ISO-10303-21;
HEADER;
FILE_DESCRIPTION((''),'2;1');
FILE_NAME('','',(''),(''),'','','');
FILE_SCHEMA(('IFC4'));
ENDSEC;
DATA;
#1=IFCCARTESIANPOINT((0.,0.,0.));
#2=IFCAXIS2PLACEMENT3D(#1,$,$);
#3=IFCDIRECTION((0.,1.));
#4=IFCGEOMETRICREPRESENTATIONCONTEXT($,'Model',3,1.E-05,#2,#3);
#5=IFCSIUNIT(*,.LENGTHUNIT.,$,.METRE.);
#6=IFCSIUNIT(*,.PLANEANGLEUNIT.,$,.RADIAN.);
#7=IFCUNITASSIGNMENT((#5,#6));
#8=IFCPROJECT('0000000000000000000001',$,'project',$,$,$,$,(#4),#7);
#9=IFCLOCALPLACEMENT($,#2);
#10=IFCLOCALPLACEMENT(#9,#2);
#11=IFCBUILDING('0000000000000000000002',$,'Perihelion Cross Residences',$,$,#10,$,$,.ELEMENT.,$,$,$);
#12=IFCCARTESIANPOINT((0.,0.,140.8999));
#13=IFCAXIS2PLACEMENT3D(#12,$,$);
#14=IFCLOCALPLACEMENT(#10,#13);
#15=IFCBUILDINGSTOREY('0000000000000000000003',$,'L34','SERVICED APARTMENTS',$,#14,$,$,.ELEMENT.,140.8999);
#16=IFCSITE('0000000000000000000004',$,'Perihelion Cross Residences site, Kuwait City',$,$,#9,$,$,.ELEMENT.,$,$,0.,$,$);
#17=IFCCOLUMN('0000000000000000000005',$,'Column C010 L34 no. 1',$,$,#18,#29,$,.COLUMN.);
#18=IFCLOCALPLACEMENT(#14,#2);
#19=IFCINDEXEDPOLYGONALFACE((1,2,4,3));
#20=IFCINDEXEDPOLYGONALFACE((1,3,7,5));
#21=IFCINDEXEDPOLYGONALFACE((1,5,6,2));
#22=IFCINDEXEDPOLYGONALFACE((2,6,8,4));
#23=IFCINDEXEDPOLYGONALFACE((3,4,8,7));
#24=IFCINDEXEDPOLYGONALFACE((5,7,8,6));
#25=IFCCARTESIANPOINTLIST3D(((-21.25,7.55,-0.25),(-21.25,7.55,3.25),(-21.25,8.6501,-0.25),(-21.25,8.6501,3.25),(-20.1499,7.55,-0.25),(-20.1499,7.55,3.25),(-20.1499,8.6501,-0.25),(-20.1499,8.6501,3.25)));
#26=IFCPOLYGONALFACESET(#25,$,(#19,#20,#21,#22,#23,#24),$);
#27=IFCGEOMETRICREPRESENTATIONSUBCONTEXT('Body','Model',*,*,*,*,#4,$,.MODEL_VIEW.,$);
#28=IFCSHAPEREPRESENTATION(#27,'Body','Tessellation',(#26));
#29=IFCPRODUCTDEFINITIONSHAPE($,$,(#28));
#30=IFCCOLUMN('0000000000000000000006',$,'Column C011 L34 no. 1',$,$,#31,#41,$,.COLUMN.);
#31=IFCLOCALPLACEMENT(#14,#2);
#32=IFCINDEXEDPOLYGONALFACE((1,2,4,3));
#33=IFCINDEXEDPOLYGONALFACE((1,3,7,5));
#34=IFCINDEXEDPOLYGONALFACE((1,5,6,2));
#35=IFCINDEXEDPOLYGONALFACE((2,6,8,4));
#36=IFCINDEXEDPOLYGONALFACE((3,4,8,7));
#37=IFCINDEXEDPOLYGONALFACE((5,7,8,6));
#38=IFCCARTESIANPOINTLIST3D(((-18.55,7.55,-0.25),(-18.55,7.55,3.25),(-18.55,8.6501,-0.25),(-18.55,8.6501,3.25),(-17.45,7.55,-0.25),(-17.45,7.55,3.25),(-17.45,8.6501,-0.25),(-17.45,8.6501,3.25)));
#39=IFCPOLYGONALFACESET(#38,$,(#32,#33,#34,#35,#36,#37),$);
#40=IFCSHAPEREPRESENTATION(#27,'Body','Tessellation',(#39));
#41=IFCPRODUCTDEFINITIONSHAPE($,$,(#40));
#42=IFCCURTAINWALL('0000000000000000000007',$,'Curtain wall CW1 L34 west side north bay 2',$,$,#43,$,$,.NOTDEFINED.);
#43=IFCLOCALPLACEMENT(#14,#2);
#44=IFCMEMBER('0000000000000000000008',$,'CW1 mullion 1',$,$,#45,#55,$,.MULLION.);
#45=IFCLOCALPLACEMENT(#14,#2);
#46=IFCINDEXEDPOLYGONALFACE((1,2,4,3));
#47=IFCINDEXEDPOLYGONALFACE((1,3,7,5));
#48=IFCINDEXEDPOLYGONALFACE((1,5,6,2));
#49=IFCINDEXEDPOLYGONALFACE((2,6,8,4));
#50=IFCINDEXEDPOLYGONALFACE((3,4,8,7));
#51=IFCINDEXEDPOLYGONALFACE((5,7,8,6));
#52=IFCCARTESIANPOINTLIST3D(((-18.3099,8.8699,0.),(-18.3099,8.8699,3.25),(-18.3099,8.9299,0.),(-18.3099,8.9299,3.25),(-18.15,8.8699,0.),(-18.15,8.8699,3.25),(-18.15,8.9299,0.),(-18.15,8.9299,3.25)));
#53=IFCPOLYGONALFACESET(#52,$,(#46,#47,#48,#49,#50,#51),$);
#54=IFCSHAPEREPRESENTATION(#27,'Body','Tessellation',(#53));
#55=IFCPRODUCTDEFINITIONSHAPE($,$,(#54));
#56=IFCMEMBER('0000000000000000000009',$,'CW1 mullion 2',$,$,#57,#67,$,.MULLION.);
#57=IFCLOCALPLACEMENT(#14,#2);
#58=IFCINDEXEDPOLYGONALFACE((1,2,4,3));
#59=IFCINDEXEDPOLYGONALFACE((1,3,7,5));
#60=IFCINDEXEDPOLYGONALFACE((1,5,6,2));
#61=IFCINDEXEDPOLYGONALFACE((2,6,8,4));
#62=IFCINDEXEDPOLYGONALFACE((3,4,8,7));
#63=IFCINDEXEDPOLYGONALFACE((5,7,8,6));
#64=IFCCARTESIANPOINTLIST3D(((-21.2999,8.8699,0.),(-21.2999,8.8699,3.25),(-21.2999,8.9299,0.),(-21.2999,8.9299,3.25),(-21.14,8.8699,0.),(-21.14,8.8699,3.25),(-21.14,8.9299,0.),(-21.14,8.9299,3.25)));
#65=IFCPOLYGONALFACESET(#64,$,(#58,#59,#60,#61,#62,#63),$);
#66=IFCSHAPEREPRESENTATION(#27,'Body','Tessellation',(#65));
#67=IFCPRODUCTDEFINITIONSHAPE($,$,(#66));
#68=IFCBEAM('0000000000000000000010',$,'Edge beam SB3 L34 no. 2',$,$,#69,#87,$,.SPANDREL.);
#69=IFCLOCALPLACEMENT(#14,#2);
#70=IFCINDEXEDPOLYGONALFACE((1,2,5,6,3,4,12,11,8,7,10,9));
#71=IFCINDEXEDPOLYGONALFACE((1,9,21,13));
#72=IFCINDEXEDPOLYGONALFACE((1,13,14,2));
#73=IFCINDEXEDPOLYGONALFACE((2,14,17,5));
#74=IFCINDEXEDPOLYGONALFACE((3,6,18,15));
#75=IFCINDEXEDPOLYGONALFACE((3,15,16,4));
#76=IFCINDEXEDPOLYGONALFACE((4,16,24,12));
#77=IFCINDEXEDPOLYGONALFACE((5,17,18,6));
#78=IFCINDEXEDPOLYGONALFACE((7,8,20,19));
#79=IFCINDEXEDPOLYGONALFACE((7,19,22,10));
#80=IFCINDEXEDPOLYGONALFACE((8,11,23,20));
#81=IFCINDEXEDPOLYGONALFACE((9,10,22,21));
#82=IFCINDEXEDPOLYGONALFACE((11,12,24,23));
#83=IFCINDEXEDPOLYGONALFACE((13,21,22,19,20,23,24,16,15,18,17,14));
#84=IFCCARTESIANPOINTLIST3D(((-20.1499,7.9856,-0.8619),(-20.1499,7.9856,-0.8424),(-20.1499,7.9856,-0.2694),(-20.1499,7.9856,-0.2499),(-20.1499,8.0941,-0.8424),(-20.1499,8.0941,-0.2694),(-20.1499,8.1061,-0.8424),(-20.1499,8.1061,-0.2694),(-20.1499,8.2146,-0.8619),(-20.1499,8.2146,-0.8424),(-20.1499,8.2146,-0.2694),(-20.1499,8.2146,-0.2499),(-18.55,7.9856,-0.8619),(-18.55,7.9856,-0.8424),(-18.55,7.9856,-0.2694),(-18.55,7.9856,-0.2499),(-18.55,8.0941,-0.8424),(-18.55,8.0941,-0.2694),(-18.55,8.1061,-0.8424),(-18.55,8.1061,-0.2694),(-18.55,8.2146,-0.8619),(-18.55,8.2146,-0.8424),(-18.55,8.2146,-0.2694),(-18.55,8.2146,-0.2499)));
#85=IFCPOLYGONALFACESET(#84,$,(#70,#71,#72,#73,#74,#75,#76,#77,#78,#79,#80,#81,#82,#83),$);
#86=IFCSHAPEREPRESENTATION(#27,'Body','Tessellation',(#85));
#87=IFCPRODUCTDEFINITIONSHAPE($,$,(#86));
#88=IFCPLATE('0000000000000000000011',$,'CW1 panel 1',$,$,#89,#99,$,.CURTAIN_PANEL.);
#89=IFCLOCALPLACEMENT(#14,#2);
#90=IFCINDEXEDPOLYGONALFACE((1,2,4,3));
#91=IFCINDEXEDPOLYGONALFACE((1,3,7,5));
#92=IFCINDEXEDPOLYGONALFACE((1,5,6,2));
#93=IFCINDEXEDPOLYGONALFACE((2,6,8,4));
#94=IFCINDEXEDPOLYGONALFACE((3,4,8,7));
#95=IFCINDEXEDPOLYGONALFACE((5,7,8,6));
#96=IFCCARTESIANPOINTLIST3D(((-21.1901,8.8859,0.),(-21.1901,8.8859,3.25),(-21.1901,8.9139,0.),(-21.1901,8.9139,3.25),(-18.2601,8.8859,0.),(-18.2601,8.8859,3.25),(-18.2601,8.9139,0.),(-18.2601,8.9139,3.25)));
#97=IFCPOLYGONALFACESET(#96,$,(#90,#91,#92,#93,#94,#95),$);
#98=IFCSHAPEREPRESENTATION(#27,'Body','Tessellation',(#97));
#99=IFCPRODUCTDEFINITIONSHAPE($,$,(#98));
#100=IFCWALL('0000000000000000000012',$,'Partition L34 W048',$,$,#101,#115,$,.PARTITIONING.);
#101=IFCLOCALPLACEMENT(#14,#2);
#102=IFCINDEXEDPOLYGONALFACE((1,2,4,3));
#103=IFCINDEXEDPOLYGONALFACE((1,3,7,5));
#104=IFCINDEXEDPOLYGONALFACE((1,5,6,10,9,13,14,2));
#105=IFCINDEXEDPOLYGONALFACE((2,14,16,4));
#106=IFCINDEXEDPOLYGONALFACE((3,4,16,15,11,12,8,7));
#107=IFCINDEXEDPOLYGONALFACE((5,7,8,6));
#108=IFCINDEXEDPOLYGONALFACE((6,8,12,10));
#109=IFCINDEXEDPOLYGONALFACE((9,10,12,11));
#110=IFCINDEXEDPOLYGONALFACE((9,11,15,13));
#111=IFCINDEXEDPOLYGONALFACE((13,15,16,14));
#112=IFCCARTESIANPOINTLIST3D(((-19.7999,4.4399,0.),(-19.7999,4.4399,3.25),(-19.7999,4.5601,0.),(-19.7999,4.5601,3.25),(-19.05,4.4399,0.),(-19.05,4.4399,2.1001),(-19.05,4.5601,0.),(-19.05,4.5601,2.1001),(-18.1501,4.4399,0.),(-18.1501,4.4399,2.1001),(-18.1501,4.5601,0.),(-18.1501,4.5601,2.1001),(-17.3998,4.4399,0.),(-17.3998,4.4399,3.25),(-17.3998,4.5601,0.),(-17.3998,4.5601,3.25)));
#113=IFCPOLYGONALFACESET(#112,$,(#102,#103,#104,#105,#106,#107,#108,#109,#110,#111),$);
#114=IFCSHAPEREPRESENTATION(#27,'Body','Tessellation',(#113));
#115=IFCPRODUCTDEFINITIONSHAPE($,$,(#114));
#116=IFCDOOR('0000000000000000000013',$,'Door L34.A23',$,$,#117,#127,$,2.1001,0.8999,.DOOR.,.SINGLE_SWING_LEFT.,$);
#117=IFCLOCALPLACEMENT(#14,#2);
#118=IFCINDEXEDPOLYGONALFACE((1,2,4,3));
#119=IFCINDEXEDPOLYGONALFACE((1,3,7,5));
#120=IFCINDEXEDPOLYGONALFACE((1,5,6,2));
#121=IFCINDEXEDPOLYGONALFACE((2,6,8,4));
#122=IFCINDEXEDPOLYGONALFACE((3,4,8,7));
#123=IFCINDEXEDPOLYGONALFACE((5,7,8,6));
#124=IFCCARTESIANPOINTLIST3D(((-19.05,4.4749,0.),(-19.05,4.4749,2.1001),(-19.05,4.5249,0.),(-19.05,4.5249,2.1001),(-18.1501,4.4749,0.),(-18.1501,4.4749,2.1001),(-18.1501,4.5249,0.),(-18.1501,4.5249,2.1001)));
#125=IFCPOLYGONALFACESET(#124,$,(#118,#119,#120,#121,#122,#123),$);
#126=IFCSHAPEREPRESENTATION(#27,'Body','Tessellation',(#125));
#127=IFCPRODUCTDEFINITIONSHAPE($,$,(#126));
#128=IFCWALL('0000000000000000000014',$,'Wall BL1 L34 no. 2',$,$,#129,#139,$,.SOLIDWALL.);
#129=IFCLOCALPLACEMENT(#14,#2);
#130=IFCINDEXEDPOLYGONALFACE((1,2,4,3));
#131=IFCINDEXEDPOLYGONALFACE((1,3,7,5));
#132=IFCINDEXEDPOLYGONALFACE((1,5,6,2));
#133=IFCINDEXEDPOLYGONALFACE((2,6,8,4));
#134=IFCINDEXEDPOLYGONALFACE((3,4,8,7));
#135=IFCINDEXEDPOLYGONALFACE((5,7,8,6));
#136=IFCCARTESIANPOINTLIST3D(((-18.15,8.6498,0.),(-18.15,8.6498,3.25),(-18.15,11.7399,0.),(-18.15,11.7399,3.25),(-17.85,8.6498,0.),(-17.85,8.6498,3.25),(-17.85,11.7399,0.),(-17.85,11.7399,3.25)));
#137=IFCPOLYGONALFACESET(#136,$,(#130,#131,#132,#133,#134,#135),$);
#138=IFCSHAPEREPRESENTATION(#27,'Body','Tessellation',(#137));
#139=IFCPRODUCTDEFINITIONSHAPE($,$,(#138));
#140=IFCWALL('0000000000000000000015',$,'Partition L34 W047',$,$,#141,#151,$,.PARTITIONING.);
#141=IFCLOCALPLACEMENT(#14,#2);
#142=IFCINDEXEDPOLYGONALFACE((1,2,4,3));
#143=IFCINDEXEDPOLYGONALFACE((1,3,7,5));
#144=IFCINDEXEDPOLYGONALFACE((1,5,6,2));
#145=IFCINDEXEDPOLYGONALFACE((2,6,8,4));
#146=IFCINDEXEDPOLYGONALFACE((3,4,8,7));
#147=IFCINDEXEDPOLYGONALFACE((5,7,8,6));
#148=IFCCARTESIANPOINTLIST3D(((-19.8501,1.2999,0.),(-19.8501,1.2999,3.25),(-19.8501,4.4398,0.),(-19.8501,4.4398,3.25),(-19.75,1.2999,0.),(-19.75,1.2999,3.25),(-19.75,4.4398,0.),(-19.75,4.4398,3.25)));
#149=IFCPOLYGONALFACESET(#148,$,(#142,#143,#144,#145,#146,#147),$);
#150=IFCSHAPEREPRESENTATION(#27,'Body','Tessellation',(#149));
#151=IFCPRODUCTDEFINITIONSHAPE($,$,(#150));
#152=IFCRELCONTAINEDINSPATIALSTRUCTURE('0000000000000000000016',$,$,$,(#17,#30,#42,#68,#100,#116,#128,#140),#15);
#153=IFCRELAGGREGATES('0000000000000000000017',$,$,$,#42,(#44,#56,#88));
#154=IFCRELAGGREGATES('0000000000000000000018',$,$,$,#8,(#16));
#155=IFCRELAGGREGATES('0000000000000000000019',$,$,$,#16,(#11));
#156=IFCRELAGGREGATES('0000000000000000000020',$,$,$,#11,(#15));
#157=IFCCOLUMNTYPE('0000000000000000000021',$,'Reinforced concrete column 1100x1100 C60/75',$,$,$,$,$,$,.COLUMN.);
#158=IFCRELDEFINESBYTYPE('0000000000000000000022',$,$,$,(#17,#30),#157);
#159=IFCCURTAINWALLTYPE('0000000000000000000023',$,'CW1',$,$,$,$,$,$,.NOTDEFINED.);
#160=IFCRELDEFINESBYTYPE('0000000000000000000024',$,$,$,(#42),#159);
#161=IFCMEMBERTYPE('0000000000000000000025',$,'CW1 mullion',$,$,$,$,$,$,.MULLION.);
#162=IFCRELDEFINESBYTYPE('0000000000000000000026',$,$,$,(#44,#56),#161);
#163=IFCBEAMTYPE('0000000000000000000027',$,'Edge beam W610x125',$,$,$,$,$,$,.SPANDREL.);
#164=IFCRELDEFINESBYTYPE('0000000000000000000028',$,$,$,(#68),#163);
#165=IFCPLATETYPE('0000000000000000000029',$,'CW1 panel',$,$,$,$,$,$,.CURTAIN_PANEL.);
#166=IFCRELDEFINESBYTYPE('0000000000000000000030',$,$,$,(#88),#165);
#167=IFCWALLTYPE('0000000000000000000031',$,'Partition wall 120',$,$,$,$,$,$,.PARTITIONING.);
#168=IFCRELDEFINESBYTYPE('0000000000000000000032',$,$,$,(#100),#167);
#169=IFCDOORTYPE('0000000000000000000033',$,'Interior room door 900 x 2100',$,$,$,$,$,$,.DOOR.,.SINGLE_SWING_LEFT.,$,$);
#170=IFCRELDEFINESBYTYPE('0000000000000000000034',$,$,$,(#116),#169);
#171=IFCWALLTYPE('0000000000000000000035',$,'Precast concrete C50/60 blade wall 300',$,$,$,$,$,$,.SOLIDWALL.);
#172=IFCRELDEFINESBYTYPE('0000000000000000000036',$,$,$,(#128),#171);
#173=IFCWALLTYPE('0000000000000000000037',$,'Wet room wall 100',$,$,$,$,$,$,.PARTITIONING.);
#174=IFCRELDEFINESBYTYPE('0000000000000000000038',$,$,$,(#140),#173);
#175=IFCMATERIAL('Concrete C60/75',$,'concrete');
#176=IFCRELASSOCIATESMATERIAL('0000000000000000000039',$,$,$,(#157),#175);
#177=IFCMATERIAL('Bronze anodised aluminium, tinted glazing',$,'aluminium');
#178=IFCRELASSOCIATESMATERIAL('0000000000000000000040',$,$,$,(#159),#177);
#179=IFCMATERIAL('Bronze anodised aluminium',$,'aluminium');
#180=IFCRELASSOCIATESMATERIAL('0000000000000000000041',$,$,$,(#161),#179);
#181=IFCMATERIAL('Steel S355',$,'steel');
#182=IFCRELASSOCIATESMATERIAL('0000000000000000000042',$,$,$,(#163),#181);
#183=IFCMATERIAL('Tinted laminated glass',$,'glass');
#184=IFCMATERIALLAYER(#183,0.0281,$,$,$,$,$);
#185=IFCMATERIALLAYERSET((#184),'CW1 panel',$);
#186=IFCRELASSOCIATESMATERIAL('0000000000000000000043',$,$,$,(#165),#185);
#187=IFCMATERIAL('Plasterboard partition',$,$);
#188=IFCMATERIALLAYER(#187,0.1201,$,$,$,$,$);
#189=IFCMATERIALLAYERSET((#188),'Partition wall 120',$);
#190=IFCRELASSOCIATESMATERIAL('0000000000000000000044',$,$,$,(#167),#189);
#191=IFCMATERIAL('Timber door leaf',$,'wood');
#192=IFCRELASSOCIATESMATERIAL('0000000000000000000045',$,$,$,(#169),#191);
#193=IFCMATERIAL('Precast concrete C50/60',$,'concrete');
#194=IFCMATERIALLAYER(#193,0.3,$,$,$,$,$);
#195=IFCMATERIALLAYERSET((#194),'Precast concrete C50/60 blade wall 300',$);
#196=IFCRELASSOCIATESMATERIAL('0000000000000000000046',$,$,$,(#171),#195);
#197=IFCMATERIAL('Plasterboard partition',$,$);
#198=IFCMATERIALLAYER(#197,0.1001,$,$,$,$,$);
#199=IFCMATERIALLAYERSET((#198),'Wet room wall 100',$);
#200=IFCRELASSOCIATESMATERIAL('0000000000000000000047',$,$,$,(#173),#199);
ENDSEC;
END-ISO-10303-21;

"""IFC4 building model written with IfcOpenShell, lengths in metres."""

from ifc_helpers import new_model, si_unit, direction, frame, frame_2d, origin, origin_2d, place, context, subcontext, project, spatial, rectangle, i_section, extrude, material, layer, layer_set, material_profile, profile_set, type_object, element, fill, aggregate, save


model = new_model("IFC4")

# Units and contexts
model_context = context("Model", 3, precision=1e-05, world=origin(), true_north=direction((0.0, 1.0)))
body_context = subcontext(model_context, "Body", "Model", "MODEL_VIEW")
ifc_project = project(units=[si_unit("LENGTHUNIT", "METRE"), si_unit("PLANEANGLEUNIT", "RADIAN")], contexts=[model_context])

# Site, building, storey
site_placement = place(None, origin())
site = spatial("IfcSite", under=ifc_project, at=site_placement, Name="Perihelion Cross Residences site, Kuwait City", CompositionType="ELEMENT", RefElevation=0.0)
building_placement = place(site_placement, origin())
building = spatial("IfcBuilding", under=site, at=building_placement, Name="Perihelion Cross Residences", CompositionType="ELEMENT")
storey_placement = place(building_placement, frame((0.0, 0.0, 140.8999)))
storey = spatial("IfcBuildingStorey", under=building, at=storey_placement, Name="L34", Description="SERVICED APARTMENTS", CompositionType="ELEMENT", Elevation=140.8999)

# Columns
ifc_material_1 = material(Name="Concrete C60/75", Category="concrete")
ifc_material_profile_1 = material_profile(ifc_material_1, rectangle(XDim=1.1001, YDim=1.1001, at=origin_2d()), Name="RC 1100x1100")
ifc_profile_set_1 = profile_set([ifc_material_profile_1], Name="Concrete C60/75")
column_type = type_object("IfcColumnType", Name="Reinforced concrete column 1100x1100 C60/75", PredefinedType="COLUMN", material=ifc_profile_set_1)
for number, where, z_axis, x_axis, name in (
    (1, (-20.7, 8.1001, -0.25), (0.0, 0.0, 1.0), (1.0, 0.0, 0.0), "Column C010 L34 no. 1"),
    (2, (-18.0, 8.1001, -0.25), (0.0, 0.0, 1.0), (1.0, 0.0, 0.0), "Column C011 L34 no. 1"),
):
    element("IfcColumn", number, at=place(storey_placement, frame(where, z_axis=z_axis, x_axis=x_axis)), inside=storey, type_object=column_type, Name=name, PredefinedType="COLUMN", context=body_context, shape_type="SweptSolid", body=[
        extrude(rectangle(XDim=1.1001, YDim=1.1001, at=origin_2d()), origin(), (0.0, 0.0, 1.0), 3.5),
    ])

# Curtain wall, members
ifc_material_2 = material(Name="Bronze anodised aluminium, tinted glazing", Category="aluminium")
curtain_wall_type = type_object("IfcCurtainWallType", Name="CW1", PredefinedType="NOTDEFINED", material=ifc_material_2)
curtain_wall_placement = place(storey_placement, origin())
curtain_wall = element("IfcCurtainWall", 3, at=curtain_wall_placement, inside=storey, type_object=curtain_wall_type, Name="Curtain wall CW1 L34 west side north bay 2", PredefinedType="NOTDEFINED")
ifc_material_3 = material(Name="Bronze anodised aluminium", Category="aluminium")
ifc_material_profile_2 = material_profile(ifc_material_3, rectangle(XDim=0.0601, YDim=0.1599, at=origin_2d()), Name="CW1 mullion")
ifc_profile_set_2 = profile_set([ifc_material_profile_2], Name="Bronze anodised aluminium")
member_type = type_object("IfcMemberType", Name="CW1 mullion", PredefinedType="MULLION", material=ifc_profile_set_2)
member_1_placement = place(storey_placement, frame((-18.23, 8.8999, 0.0), z_axis=(0.0, 0.0, 1.0), x_axis=(0.0, -1.0, 0.0)))
member_1 = element("IfcMember", 4, at=member_1_placement, type_object=member_type, Name="CW1 mullion 1", PredefinedType="MULLION", context=body_context, shape_type="SweptSolid", body=[
    extrude(rectangle(XDim=0.0601, YDim=0.1599, at=origin_2d()), origin(), (0.0, 0.0, 1.0), 3.25),
])
member_2_placement = place(storey_placement, frame((-21.22, 8.8999, 0.0), z_axis=(0.0, 0.0, 1.0), x_axis=(0.0, -1.0, 0.0)))
member_2 = element("IfcMember", 5, at=member_2_placement, type_object=member_type, Name="CW1 mullion 2", PredefinedType="MULLION", context=body_context, shape_type="SweptSolid", body=[
    extrude(rectangle(XDim=0.0601, YDim=0.1599, at=origin_2d()), origin(), (0.0, 0.0, 1.0), 3.25),
])

# Beam
ifc_material_4 = material(Name="Steel S355", Category="steel")
ifc_material_profile_3 = material_profile(ifc_material_4, i_section(OverallWidth=0.229, OverallDepth=0.6121, WebThickness=0.012, FlangeThickness=0.0195, at=origin_2d()), Name="W610x125")
ifc_profile_set_3 = profile_set([ifc_material_profile_3], Name="Steel S355")
beam_type = type_object("IfcBeamType", Name="Edge beam W610x125", PredefinedType="SPANDREL", material=ifc_profile_set_3)
beam_placement = place(storey_placement, frame((-18.55, 8.1001, -0.5559), z_axis=(-1.0, 0.0, 0.0), x_axis=(0.0, -1.0, 0.0)))
element("IfcBeam", 6, at=beam_placement, inside=storey, type_object=beam_type, Name="Edge beam SB3 L34 no. 2", PredefinedType="SPANDREL", context=body_context, shape_type="SweptSolid", body=[
    extrude(i_section(OverallWidth=0.229, OverallDepth=0.6121, WebThickness=0.012, FlangeThickness=0.0195, at=origin_2d()), origin(), (0.0, 0.0, 1.0), 1.5999),
])

# Plate
ifc_material_5 = material(Name="Tinted laminated glass", Category="glass")
ifc_layer_1 = layer(ifc_material_5, 0.0281)
ifc_layer_set_1 = layer_set([ifc_layer_1], Name="CW1 panel")
plate_type = type_object("IfcPlateType", Name="CW1 panel", PredefinedType="CURTAIN_PANEL", material=ifc_layer_set_1)
plate_placement = place(storey_placement, frame((-19.7251, 8.8999, 0.0), z_axis=(0.0, 0.0, 1.0), x_axis=(-1.0, 0.0, 0.0)))
plate = element("IfcPlate", 7, at=plate_placement, type_object=plate_type, Name="CW1 panel 1", PredefinedType="CURTAIN_PANEL", context=body_context, shape_type="SweptSolid", body=[
    extrude(rectangle(XDim=2.9299, YDim=0.0281, at=origin_2d()), origin(), (0.0, 0.0, 1.0), 3.25),
])
aggregate(curtain_wall, [member_1, member_2, plate])

# Wall, opening, door
ifc_material_6 = material(Name="Plasterboard partition")
ifc_layer_2 = layer(ifc_material_6, 0.1201)
ifc_layer_set_2 = layer_set([ifc_layer_2], Name="Partition wall 120")
wall_type_1 = type_object("IfcWallType", Name="Partition wall 120", PredefinedType="PARTITIONING", material=ifc_layer_set_2)
wall_1_placement = place(storey_placement, frame((-19.8, 4.5, 0.0), z_axis=(0.0, 0.0, 1.0), x_axis=(1.0, 0.0, 0.0)))
wall_1 = element("IfcWall", 8, at=wall_1_placement, inside=storey, type_object=wall_type_1, Name="Partition L34 W048", PredefinedType="PARTITIONING", context=body_context, shape_type="SweptSolid", body=[
    extrude(rectangle(XDim=2.4001, YDim=0.1201, at=frame_2d((1.2002, 0.0))), origin(), (0.0, 0.0, 1.0), 3.25),
])
opening_1_placement = place(wall_1_placement, frame((0.75, 0.0, 0.0)))
opening_1 = element("IfcOpeningElement", 9, at=opening_1_placement, cuts=wall_1, PredefinedType="OPENING", context=body_context, shape_type="SweptSolid", body=[
    extrude(rectangle(XDim=0.8999, YDim=2.1001, at=frame_2d((0.45, 1.05))), frame((0.0, 0.0701, 0.0), z_axis=(0.0, -1.0, 0.0), x_axis=(1.0, 0.0, 0.0)), (0.0, 0.0, 1.0), 0.1401),
])
ifc_material_7 = material(Name="Timber door leaf", Category="wood")
door_type_1 = type_object("IfcDoorType", Name="Interior room door 900 x 2100", OperationType="SINGLE_SWING_LEFT", PredefinedType="DOOR", material=ifc_material_7)
door_1_placement = place(opening_1_placement, origin())
door_1 = element("IfcDoor", 10, at=door_1_placement, inside=storey, type_object=door_type_1, Name="Door L34.A23", OperationType="SINGLE_SWING_LEFT", OverallHeight=2.1001, OverallWidth=0.8999, PredefinedType="DOOR", context=body_context, shape_type="SweptSolid", body=[
    extrude(rectangle(XDim=0.8999, YDim=2.1001, at=frame_2d((0.45, 1.05))), frame((0.0, 0.0249, 0.0), z_axis=(0.0, -1.0, 0.0), x_axis=(1.0, 0.0, 0.0)), (0.0, 0.0, 1.0), 0.05),
])
fill(opening_1, door_1)

# Walls
ifc_material_8 = material(Name="Precast concrete C50/60", Category="concrete")
ifc_layer_3 = layer(ifc_material_8, 0.3)
ifc_layer_set_3 = layer_set([ifc_layer_3], Name="Precast concrete C50/60 blade wall 300")
wall_type_2 = type_object("IfcWallType", Name="Precast concrete C50/60 blade wall 300", PredefinedType="SOLIDWALL", material=ifc_layer_set_3)
wall_2_placement = place(storey_placement, frame((-18.0, 8.6499, 0.0), z_axis=(0.0, 0.0, 1.0), x_axis=(0.0, 1.0, 0.0)))
element("IfcWall", 11, at=wall_2_placement, inside=storey, type_object=wall_type_2, Name="Wall BL1 L34 no. 2", PredefinedType="SOLIDWALL", context=body_context, shape_type="SweptSolid", body=[
    extrude(rectangle(XDim=3.0901, YDim=0.3, at=frame_2d((1.5449, 0.0))), origin(), (0.0, 0.0, 1.0), 3.25),
])
ifc_material_9 = material(Name="Plasterboard partition")
ifc_layer_4 = layer(ifc_material_9, 0.1001)
ifc_layer_set_4 = layer_set([ifc_layer_4], Name="Wet room wall 100")
wall_type_3 = type_object("IfcWallType", Name="Wet room wall 100", PredefinedType="PARTITIONING", material=ifc_layer_set_4)
wall_3_placement = place(storey_placement, frame((-19.8, 1.3, 0.0), z_axis=(0.0, 0.0, 1.0), x_axis=(0.0, 1.0, 0.0)))
element("IfcWall", 12, at=wall_3_placement, inside=storey, type_object=wall_type_3, Name="Partition L34 W047", PredefinedType="PARTITIONING", context=body_context, shape_type="SweptSolid", body=[
    extrude(rectangle(XDim=3.1399, YDim=0.1001, at=frame_2d((1.5698, 0.0))), origin(), (0.0, 0.0, 1.0), 3.25),
])

save(model, "model.ifc")
